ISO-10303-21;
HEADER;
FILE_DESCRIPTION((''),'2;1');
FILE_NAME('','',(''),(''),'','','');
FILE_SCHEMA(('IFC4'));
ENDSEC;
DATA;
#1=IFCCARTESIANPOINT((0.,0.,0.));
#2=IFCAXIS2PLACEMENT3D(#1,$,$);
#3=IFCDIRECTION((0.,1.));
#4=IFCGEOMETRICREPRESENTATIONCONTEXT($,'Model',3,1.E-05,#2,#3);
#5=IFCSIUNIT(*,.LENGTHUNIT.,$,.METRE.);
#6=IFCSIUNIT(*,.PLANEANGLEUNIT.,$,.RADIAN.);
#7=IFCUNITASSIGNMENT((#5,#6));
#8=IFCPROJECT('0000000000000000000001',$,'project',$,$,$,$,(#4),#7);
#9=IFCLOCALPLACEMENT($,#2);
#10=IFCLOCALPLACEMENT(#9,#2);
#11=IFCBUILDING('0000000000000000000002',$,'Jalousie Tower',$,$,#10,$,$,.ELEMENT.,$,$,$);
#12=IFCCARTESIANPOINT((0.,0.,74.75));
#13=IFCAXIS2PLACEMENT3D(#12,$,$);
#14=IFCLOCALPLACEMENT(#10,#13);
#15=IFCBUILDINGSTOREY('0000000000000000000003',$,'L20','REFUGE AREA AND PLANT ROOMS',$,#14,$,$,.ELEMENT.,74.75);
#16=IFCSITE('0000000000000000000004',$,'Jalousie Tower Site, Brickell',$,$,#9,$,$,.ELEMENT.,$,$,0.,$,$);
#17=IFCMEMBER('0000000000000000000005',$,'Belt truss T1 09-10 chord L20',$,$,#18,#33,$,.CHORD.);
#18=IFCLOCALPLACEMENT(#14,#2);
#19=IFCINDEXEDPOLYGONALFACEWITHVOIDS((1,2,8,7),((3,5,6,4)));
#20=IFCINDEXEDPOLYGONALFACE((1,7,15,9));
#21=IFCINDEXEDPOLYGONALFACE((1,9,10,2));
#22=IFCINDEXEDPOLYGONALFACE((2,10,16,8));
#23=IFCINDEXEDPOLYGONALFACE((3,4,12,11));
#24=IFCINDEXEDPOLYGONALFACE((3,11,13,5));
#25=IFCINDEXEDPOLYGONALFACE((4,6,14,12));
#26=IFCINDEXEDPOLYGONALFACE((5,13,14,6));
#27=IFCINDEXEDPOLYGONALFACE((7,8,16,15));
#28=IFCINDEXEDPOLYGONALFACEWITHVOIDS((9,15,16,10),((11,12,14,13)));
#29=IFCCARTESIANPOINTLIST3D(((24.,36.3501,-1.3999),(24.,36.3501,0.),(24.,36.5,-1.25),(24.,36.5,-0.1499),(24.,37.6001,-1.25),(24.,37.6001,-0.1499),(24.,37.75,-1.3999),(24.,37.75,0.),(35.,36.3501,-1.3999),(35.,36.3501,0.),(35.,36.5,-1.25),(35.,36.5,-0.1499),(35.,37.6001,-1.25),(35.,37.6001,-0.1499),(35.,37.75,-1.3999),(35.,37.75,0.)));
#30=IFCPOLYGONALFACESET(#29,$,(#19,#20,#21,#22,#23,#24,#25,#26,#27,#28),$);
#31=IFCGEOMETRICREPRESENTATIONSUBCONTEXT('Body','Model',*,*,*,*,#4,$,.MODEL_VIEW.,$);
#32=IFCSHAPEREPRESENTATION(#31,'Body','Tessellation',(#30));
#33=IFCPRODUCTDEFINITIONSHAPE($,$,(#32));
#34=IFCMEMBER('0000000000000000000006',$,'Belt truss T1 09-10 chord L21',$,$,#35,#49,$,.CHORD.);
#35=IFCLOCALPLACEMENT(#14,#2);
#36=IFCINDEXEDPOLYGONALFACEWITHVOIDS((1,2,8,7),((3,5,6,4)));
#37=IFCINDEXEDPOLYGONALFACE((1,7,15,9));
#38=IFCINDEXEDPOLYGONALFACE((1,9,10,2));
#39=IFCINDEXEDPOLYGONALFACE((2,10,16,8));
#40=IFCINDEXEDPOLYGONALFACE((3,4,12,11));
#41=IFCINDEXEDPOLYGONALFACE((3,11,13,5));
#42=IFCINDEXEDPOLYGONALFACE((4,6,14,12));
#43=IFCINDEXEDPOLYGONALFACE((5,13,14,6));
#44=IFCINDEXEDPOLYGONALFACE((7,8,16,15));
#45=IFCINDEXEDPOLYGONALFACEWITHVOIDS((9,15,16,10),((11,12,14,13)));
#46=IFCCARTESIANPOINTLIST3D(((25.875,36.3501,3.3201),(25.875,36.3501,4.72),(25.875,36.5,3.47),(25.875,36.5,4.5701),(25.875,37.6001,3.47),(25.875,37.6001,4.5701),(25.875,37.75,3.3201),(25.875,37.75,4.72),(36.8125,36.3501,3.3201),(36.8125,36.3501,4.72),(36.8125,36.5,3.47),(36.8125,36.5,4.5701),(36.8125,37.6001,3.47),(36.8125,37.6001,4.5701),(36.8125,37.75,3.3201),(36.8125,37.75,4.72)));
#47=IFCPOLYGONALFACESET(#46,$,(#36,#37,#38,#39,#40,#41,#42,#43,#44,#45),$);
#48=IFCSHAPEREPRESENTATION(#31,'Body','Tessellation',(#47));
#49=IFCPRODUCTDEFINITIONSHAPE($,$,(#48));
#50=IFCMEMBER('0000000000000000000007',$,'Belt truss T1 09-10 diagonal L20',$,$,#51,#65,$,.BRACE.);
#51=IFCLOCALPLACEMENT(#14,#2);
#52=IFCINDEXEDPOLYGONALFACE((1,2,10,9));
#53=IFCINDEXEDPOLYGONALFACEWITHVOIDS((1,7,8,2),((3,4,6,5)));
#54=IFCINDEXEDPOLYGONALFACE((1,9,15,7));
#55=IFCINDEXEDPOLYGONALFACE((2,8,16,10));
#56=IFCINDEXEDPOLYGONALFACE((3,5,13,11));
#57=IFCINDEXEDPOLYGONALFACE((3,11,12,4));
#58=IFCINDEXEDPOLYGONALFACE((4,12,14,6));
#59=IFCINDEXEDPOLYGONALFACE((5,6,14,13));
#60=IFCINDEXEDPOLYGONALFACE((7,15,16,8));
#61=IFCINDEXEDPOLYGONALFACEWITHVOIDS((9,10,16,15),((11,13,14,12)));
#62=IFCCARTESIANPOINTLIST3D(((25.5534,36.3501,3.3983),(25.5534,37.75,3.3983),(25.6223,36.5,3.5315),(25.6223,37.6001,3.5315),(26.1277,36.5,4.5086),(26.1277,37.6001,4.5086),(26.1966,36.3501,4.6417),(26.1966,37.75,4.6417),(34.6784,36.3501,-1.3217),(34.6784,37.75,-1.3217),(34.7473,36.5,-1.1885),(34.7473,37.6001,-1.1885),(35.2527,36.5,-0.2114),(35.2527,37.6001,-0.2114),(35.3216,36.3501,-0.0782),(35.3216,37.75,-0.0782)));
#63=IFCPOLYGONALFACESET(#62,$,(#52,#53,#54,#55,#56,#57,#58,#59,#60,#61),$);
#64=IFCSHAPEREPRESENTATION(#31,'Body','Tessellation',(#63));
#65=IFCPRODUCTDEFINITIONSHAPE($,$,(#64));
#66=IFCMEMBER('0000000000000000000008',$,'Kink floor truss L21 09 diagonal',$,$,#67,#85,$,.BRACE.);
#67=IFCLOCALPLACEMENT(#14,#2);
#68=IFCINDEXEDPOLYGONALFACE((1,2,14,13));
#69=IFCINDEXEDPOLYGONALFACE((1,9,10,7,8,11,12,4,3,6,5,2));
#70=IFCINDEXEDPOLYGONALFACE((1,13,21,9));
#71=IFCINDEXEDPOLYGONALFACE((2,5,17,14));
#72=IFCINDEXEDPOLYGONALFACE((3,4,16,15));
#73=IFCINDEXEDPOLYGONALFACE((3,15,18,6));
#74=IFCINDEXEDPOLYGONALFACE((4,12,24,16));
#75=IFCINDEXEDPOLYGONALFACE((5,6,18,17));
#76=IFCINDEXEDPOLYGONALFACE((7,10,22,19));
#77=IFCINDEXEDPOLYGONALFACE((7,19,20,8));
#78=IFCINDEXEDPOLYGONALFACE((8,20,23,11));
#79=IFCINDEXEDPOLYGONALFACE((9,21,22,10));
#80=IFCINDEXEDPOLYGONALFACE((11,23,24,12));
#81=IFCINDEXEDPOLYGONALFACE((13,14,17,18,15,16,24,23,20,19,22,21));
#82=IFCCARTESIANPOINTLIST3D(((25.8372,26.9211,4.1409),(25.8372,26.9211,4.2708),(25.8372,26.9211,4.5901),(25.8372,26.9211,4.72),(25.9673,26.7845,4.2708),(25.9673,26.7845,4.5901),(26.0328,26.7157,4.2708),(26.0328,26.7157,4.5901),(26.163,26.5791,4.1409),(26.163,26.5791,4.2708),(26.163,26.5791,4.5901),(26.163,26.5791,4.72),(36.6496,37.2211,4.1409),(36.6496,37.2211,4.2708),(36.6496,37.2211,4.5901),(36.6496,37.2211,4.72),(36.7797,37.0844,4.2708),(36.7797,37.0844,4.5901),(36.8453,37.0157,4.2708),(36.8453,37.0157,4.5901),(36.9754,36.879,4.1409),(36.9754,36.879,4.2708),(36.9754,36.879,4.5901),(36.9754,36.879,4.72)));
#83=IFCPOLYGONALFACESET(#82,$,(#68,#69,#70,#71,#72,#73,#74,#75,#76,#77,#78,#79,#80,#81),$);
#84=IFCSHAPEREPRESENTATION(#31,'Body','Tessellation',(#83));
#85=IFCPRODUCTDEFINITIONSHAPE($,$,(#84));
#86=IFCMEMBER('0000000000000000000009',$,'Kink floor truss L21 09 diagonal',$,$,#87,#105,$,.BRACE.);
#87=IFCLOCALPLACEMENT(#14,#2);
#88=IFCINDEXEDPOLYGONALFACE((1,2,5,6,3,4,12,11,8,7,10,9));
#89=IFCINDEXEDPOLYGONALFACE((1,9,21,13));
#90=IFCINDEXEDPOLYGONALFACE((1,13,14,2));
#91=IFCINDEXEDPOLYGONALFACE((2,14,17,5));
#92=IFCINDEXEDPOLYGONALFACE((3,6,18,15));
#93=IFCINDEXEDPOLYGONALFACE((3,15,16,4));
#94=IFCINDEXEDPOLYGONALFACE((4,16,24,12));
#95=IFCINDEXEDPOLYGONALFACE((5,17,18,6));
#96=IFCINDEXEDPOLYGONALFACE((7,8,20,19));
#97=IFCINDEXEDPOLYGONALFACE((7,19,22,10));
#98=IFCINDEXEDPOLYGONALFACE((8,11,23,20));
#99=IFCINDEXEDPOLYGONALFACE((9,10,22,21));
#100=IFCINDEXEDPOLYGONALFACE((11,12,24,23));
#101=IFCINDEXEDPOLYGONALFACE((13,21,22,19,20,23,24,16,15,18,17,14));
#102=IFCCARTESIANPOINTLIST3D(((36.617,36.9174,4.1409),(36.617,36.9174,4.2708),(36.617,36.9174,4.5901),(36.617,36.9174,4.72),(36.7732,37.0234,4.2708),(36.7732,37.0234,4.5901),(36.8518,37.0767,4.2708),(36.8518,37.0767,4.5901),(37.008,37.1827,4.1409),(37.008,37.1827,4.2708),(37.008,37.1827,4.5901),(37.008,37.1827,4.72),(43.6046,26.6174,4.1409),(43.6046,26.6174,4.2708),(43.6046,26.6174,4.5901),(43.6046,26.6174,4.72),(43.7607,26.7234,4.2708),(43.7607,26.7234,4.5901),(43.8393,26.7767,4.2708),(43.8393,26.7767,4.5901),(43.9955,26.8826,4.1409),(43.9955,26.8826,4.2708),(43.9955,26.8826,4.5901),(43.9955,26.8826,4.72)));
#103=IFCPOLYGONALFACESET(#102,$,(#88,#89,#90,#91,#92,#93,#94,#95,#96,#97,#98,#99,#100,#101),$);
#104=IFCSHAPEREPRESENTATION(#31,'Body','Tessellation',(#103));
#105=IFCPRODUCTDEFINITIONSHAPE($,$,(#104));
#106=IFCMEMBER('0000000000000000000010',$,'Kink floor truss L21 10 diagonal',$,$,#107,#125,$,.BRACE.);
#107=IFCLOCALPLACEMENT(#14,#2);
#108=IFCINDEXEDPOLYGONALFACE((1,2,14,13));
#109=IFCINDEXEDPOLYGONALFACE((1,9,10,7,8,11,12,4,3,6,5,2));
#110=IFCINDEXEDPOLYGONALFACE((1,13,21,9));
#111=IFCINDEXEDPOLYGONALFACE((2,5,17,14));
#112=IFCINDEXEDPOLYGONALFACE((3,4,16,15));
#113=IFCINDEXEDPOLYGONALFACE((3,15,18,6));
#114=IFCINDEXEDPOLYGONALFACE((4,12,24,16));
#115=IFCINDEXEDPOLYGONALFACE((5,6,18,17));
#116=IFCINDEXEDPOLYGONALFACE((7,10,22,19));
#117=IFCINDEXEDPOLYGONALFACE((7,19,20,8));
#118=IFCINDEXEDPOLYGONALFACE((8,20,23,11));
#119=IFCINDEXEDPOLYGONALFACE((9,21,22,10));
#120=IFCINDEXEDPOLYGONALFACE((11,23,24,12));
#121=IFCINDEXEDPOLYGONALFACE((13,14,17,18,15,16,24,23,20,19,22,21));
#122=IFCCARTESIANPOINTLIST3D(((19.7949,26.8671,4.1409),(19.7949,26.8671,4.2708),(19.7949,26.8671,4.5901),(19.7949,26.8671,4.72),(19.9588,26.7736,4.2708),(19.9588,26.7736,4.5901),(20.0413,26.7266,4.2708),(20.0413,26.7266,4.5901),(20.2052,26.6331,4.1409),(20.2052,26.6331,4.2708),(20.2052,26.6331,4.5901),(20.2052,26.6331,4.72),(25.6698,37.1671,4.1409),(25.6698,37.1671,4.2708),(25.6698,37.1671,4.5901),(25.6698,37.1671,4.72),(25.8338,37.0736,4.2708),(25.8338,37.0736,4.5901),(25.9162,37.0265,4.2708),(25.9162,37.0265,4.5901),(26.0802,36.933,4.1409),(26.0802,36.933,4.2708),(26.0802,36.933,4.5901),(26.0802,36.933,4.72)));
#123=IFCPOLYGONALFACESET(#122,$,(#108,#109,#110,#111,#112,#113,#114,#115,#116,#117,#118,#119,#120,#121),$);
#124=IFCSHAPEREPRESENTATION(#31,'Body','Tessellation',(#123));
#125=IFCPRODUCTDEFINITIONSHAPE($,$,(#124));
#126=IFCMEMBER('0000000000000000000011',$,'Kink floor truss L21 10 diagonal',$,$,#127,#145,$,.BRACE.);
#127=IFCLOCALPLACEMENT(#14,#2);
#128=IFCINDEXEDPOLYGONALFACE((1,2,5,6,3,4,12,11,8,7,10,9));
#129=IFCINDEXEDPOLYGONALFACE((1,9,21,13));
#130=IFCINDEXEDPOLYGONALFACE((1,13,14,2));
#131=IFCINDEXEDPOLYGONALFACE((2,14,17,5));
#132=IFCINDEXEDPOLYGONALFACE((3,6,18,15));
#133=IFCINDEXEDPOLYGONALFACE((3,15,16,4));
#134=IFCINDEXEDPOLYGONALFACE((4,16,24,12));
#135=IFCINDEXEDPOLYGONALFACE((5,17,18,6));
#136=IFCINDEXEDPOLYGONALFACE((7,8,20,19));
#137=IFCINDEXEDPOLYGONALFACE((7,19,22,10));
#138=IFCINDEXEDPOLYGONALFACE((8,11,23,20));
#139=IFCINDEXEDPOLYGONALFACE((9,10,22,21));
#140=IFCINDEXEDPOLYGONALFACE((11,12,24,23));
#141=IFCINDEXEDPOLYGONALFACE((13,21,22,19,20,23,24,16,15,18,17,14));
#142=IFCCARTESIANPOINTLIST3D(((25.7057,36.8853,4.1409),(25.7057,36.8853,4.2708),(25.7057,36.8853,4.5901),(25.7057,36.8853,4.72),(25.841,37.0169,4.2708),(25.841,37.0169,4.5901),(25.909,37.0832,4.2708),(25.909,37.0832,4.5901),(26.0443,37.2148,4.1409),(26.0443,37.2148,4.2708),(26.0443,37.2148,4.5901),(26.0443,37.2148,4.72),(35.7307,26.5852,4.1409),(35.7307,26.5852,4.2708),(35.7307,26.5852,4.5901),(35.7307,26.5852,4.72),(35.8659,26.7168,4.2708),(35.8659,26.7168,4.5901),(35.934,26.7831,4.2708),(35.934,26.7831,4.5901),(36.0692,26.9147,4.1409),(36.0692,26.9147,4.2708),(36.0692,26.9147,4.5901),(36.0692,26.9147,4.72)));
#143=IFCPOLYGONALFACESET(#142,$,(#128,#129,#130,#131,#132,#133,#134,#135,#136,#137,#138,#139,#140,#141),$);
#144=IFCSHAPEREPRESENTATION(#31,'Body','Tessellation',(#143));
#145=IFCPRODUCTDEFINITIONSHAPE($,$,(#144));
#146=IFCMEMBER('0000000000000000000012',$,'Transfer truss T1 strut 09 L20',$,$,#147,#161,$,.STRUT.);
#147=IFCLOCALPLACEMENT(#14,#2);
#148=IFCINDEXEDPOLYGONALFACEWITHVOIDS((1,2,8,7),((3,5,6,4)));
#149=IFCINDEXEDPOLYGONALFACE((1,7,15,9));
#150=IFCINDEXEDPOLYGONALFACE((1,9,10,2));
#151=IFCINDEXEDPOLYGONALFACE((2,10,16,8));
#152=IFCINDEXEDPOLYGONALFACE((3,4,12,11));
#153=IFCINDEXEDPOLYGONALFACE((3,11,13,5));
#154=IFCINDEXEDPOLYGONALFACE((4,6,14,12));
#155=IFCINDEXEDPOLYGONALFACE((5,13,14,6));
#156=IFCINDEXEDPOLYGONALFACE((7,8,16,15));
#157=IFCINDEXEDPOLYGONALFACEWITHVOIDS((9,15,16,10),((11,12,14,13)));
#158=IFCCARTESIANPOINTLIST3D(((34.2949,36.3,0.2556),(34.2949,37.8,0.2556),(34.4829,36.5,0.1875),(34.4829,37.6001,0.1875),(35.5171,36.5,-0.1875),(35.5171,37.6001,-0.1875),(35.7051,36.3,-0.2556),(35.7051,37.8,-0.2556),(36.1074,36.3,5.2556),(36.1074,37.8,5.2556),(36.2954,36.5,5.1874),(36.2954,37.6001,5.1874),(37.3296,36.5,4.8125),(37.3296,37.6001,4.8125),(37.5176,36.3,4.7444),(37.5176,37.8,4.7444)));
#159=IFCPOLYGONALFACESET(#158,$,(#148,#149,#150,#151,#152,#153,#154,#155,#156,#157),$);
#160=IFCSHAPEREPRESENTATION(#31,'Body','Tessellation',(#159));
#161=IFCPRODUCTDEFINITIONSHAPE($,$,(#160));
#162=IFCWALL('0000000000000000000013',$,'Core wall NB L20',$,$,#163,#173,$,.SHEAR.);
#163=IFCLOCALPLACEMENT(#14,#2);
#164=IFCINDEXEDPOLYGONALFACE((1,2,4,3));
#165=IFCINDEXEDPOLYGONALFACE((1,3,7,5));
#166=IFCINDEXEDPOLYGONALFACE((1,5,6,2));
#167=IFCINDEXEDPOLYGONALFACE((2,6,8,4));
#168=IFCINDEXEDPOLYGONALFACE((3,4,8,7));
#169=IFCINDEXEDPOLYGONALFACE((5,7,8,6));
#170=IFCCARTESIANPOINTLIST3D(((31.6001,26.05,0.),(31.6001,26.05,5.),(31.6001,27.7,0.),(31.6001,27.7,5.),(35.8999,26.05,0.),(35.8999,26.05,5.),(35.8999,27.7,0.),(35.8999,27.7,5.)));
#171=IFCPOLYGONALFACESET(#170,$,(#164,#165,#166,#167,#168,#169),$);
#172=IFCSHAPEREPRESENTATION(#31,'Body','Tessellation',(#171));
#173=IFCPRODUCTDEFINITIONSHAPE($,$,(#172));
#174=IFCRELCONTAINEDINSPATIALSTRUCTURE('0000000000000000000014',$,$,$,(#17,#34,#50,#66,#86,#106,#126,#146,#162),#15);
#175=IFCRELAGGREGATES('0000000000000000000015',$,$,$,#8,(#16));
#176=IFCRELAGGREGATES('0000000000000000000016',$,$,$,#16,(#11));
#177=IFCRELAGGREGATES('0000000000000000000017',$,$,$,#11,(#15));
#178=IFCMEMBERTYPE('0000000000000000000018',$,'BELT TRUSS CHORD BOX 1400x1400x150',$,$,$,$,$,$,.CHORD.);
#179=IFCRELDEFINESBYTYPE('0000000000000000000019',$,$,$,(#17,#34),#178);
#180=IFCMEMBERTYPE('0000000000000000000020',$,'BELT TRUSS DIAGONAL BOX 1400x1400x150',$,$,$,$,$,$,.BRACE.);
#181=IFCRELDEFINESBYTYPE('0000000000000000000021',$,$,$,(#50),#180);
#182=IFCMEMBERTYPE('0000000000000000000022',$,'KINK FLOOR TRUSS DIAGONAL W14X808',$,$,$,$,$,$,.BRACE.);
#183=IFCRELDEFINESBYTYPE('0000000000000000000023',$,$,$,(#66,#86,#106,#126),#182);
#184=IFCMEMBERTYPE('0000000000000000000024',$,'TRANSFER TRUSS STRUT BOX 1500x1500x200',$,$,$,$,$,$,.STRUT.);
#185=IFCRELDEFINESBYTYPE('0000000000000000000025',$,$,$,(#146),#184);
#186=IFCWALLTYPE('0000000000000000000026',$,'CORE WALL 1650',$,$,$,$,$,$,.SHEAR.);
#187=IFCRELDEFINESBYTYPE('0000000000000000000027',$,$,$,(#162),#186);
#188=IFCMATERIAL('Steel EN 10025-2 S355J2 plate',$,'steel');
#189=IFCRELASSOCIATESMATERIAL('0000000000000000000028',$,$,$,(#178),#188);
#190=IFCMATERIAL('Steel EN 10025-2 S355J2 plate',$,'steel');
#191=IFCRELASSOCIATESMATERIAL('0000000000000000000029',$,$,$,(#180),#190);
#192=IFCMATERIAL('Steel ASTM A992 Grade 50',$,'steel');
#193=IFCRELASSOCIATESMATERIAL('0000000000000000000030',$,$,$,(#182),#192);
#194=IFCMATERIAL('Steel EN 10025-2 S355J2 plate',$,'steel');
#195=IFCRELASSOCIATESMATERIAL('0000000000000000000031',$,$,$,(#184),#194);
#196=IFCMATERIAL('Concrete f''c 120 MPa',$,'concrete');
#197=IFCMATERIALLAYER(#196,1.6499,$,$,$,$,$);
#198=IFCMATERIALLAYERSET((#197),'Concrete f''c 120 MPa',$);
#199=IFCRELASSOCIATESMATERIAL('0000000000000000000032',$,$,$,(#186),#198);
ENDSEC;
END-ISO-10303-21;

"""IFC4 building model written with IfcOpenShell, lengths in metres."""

from ifc_helpers import new_model, si_unit, direction, frame, frame_2d, origin, origin_2d, place, context, subcontext, project, spatial, rectangle, hollow_rectangle, i_section, extrude, material, layer, layer_set, material_profile, profile_set, type_object, element, save


model = new_model("IFC4")

# Units and contexts
model_context = context("Model", 3, precision=1e-05, world=origin(), true_north=direction((0.0, 1.0)))
body_context = subcontext(model_context, "Body", "Model", "MODEL_VIEW")
ifc_project = project(units=[si_unit("LENGTHUNIT", "METRE"), si_unit("PLANEANGLEUNIT", "RADIAN")], contexts=[model_context])

# Site, building, storey
site_placement = place(None, origin())
site = spatial("IfcSite", under=ifc_project, at=site_placement, Name="Jalousie Tower Site, Brickell", CompositionType="ELEMENT", RefElevation=0.0)
building_placement = place(site_placement, origin())
building = spatial("IfcBuilding", under=site, at=building_placement, Name="Jalousie Tower", CompositionType="ELEMENT")
storey_placement = place(building_placement, frame((0.0, 0.0, 74.75)))
storey = spatial("IfcBuildingStorey", under=building, at=storey_placement, Name="L20", Description="REFUGE AREA AND PLANT ROOMS", CompositionType="ELEMENT", Elevation=74.75)

# Members
ifc_material_1 = material(Name="Steel EN 10025-2 S355J2 plate", Category="steel")
ifc_material_profile_1 = material_profile(ifc_material_1, hollow_rectangle(XDim=1.3999, YDim=1.3999, WallThickness=0.1499, at=origin_2d()), Name="BOX 1400x1400x150")
ifc_profile_set_1 = profile_set([ifc_material_profile_1], Name="Steel EN 10025-2 S355J2 plate")
member_type_1 = type_object("IfcMemberType", Name="BELT TRUSS CHORD BOX 1400x1400x150", PredefinedType="CHORD", material=ifc_profile_set_1)
member_1_placement = place(storey_placement, frame((35.0, 37.05, -0.7), z_axis=(-1.0, 0.0, 0.0), x_axis=(0.0, -1.0, 0.0)))
element("IfcMember", 1, at=member_1_placement, inside=storey, type_object=member_type_1, Name="Belt truss T1 09-10 chord L20", PredefinedType="CHORD", context=body_context, shape_type="SweptSolid", body=[
    extrude(hollow_rectangle(XDim=1.3999, YDim=1.3999, WallThickness=0.1499, at=origin_2d()), origin(), (0.0, 0.0, 1.0), 11.0),
])
member_2_placement = place(storey_placement, frame((36.8125, 37.05, 4.02), z_axis=(-1.0, 0.0, 0.0), x_axis=(0.0, -1.0, 0.0)))
element("IfcMember", 2, at=member_2_placement, inside=storey, type_object=member_type_1, Name="Belt truss T1 09-10 chord L21", PredefinedType="CHORD", context=body_context, shape_type="SweptSolid", body=[
    extrude(hollow_rectangle(XDim=1.3999, YDim=1.3999, WallThickness=0.1499, at=origin_2d()), origin(), (0.0, 0.0, 1.0), 10.9375),
])
ifc_material_2 = material(Name="Steel EN 10025-2 S355J2 plate", Category="steel")
ifc_material_profile_2 = material_profile(ifc_material_2, hollow_rectangle(XDim=1.3999, YDim=1.3999, WallThickness=0.1499, at=origin_2d()), Name="BOX 1400x1400x150")
ifc_profile_set_2 = profile_set([ifc_material_profile_2], Name="Steel EN 10025-2 S355J2 plate")
member_type_2 = type_object("IfcMemberType", Name="BELT TRUSS DIAGONAL BOX 1400x1400x150", PredefinedType="BRACE", material=ifc_profile_set_2)
member_3_placement = place(storey_placement, frame((35.0, 37.05, -0.7), z_axis=(-0.888212, 0.0, 0.459434), x_axis=(0.0, -1.0, 0.0)))
element("IfcMember", 3, at=member_3_placement, inside=storey, type_object=member_type_2, Name="Belt truss T1 09-10 diagonal L20", PredefinedType="BRACE", context=body_context, shape_type="SweptSolid", body=[
    extrude(hollow_rectangle(XDim=1.3999, YDim=1.3999, WallThickness=0.1499, at=origin_2d()), origin(), (0.0, 0.0, 1.0), 10.2734),
])
ifc_material_3 = material(Name="Steel ASTM A992 Grade 50", Category="steel")
ifc_material_profile_3 = material_profile(ifc_material_3, i_section(OverallWidth=0.4724, OverallDepth=0.5791, WebThickness=0.095, FlangeThickness=0.1299, at=origin_2d()), Name="W14X808")
ifc_profile_set_3 = profile_set([ifc_material_profile_3], Name="Steel ASTM A992 Grade 50")
member_type_3 = type_object("IfcMemberType", Name="KINK FLOOR TRUSS DIAGONAL W14X808", PredefinedType="BRACE", material=ifc_profile_set_3)
member_4_placement = place(storey_placement, frame((36.8125, 37.05, 4.4304), z_axis=(-0.724057, -0.68974, 0.0), x_axis=(0.68974, -0.724057, 0.0)))
element("IfcMember", 4, at=member_4_placement, inside=storey, type_object=member_type_3, Name="Kink floor truss L21 09 diagonal", PredefinedType="BRACE", context=body_context, shape_type="SweptSolid", body=[
    extrude(i_section(OverallWidth=0.4724, OverallDepth=0.5791, WebThickness=0.095, FlangeThickness=0.1299, at=origin_2d()), origin(), (0.0, 0.0, 1.0), 14.9331),
])
member_5_placement = place(storey_placement, frame((36.8125, 37.05, 4.4304), z_axis=(0.561404, -0.827542, 0.0), x_axis=(0.827542, 0.561404, 0.0)))
element("IfcMember", 5, at=member_5_placement, inside=storey, type_object=member_type_3, Name="Kink floor truss L21 09 diagonal", PredefinedType="BRACE", context=body_context, shape_type="SweptSolid", body=[
    extrude(i_section(OverallWidth=0.4724, OverallDepth=0.5791, WebThickness=0.095, FlangeThickness=0.1299, at=origin_2d()), origin(), (0.0, 0.0, 1.0), 12.4465),
])
member_6_placement = place(storey_placement, frame((25.875, 37.05, 4.4304), z_axis=(-0.495456, -0.868633, 0.0), x_axis=(0.868633, -0.495456, 0.0)))
element("IfcMember", 6, at=member_6_placement, inside=storey, type_object=member_type_3, Name="Kink floor truss L21 10 diagonal", PredefinedType="BRACE", context=body_context, shape_type="SweptSolid", body=[
    extrude(i_section(OverallWidth=0.4724, OverallDepth=0.5791, WebThickness=0.095, FlangeThickness=0.1299, at=origin_2d()), origin(), (0.0, 0.0, 1.0), 11.8577),
])
member_7_placement = place(storey_placement, frame((25.875, 37.05, 4.4304), z_axis=(0.697471, -0.716613, 0.0), x_axis=(0.716613, 0.697471, 0.0)))
element("IfcMember", 7, at=member_7_placement, inside=storey, type_object=member_type_3, Name="Kink floor truss L21 10 diagonal", PredefinedType="BRACE", context=body_context, shape_type="SweptSolid", body=[
    extrude(i_section(OverallWidth=0.4724, OverallDepth=0.5791, WebThickness=0.095, FlangeThickness=0.1299, at=origin_2d()), origin(), (0.0, 0.0, 1.0), 14.3733),
])
ifc_material_4 = material(Name="Steel EN 10025-2 S355J2 plate", Category="steel")
ifc_material_profile_4 = material_profile(ifc_material_4, hollow_rectangle(XDim=1.5, YDim=1.5, WallThickness=0.2, at=origin_2d()), Name="BOX 1500x1500x200")
ifc_profile_set_4 = profile_set([ifc_material_profile_4], Name="Steel EN 10025-2 S355J2 plate")
member_type_4 = type_object("IfcMemberType", Name="TRANSFER TRUSS STRUT BOX 1500x1500x200", PredefinedType="STRUT", material=ifc_profile_set_4)
member_8_placement = place(storey_placement, frame((35.0, 37.05, 0.0), z_axis=(0.340799, 0.0, 0.940136), x_axis=(0.0, 1.0, 0.0)))
element("IfcMember", 8, at=member_8_placement, inside=storey, type_object=member_type_4, Name="Transfer truss T1 strut 09 L20", PredefinedType="STRUT", context=body_context, shape_type="SweptSolid", body=[
    extrude(hollow_rectangle(XDim=1.5, YDim=1.5, WallThickness=0.2, at=origin_2d()), origin(), (0.0, 0.0, 1.0), 5.3184),
])

# Wall
ifc_material_5 = material(Name="Concrete f'c 120 MPa", Category="concrete")
ifc_layer_1 = layer(ifc_material_5, 1.6499)
ifc_layer_set_1 = layer_set([ifc_layer_1], Name="Concrete f'c 120 MPa")
wall_type_1 = type_object("IfcWallType", Name="CORE WALL 1650", PredefinedType="SHEAR", material=ifc_layer_set_1)
wall_1_placement = place(storey_placement, frame((35.8999, 26.875, 0.0), z_axis=(0.0, 0.0, 1.0), x_axis=(-1.0, 0.0, 0.0)))
element("IfcWall", 9, at=wall_1_placement, inside=storey, type_object=wall_type_1, Name="Core wall NB L20", PredefinedType="SHEAR", context=body_context, shape_type="SweptSolid", body=[
    extrude(rectangle(XDim=4.2998, YDim=1.6499, at=frame_2d((2.1499, 0.0))), origin(), (0.0, 0.0, 1.0), 5.0),
])

save(model, "model.ifc")
